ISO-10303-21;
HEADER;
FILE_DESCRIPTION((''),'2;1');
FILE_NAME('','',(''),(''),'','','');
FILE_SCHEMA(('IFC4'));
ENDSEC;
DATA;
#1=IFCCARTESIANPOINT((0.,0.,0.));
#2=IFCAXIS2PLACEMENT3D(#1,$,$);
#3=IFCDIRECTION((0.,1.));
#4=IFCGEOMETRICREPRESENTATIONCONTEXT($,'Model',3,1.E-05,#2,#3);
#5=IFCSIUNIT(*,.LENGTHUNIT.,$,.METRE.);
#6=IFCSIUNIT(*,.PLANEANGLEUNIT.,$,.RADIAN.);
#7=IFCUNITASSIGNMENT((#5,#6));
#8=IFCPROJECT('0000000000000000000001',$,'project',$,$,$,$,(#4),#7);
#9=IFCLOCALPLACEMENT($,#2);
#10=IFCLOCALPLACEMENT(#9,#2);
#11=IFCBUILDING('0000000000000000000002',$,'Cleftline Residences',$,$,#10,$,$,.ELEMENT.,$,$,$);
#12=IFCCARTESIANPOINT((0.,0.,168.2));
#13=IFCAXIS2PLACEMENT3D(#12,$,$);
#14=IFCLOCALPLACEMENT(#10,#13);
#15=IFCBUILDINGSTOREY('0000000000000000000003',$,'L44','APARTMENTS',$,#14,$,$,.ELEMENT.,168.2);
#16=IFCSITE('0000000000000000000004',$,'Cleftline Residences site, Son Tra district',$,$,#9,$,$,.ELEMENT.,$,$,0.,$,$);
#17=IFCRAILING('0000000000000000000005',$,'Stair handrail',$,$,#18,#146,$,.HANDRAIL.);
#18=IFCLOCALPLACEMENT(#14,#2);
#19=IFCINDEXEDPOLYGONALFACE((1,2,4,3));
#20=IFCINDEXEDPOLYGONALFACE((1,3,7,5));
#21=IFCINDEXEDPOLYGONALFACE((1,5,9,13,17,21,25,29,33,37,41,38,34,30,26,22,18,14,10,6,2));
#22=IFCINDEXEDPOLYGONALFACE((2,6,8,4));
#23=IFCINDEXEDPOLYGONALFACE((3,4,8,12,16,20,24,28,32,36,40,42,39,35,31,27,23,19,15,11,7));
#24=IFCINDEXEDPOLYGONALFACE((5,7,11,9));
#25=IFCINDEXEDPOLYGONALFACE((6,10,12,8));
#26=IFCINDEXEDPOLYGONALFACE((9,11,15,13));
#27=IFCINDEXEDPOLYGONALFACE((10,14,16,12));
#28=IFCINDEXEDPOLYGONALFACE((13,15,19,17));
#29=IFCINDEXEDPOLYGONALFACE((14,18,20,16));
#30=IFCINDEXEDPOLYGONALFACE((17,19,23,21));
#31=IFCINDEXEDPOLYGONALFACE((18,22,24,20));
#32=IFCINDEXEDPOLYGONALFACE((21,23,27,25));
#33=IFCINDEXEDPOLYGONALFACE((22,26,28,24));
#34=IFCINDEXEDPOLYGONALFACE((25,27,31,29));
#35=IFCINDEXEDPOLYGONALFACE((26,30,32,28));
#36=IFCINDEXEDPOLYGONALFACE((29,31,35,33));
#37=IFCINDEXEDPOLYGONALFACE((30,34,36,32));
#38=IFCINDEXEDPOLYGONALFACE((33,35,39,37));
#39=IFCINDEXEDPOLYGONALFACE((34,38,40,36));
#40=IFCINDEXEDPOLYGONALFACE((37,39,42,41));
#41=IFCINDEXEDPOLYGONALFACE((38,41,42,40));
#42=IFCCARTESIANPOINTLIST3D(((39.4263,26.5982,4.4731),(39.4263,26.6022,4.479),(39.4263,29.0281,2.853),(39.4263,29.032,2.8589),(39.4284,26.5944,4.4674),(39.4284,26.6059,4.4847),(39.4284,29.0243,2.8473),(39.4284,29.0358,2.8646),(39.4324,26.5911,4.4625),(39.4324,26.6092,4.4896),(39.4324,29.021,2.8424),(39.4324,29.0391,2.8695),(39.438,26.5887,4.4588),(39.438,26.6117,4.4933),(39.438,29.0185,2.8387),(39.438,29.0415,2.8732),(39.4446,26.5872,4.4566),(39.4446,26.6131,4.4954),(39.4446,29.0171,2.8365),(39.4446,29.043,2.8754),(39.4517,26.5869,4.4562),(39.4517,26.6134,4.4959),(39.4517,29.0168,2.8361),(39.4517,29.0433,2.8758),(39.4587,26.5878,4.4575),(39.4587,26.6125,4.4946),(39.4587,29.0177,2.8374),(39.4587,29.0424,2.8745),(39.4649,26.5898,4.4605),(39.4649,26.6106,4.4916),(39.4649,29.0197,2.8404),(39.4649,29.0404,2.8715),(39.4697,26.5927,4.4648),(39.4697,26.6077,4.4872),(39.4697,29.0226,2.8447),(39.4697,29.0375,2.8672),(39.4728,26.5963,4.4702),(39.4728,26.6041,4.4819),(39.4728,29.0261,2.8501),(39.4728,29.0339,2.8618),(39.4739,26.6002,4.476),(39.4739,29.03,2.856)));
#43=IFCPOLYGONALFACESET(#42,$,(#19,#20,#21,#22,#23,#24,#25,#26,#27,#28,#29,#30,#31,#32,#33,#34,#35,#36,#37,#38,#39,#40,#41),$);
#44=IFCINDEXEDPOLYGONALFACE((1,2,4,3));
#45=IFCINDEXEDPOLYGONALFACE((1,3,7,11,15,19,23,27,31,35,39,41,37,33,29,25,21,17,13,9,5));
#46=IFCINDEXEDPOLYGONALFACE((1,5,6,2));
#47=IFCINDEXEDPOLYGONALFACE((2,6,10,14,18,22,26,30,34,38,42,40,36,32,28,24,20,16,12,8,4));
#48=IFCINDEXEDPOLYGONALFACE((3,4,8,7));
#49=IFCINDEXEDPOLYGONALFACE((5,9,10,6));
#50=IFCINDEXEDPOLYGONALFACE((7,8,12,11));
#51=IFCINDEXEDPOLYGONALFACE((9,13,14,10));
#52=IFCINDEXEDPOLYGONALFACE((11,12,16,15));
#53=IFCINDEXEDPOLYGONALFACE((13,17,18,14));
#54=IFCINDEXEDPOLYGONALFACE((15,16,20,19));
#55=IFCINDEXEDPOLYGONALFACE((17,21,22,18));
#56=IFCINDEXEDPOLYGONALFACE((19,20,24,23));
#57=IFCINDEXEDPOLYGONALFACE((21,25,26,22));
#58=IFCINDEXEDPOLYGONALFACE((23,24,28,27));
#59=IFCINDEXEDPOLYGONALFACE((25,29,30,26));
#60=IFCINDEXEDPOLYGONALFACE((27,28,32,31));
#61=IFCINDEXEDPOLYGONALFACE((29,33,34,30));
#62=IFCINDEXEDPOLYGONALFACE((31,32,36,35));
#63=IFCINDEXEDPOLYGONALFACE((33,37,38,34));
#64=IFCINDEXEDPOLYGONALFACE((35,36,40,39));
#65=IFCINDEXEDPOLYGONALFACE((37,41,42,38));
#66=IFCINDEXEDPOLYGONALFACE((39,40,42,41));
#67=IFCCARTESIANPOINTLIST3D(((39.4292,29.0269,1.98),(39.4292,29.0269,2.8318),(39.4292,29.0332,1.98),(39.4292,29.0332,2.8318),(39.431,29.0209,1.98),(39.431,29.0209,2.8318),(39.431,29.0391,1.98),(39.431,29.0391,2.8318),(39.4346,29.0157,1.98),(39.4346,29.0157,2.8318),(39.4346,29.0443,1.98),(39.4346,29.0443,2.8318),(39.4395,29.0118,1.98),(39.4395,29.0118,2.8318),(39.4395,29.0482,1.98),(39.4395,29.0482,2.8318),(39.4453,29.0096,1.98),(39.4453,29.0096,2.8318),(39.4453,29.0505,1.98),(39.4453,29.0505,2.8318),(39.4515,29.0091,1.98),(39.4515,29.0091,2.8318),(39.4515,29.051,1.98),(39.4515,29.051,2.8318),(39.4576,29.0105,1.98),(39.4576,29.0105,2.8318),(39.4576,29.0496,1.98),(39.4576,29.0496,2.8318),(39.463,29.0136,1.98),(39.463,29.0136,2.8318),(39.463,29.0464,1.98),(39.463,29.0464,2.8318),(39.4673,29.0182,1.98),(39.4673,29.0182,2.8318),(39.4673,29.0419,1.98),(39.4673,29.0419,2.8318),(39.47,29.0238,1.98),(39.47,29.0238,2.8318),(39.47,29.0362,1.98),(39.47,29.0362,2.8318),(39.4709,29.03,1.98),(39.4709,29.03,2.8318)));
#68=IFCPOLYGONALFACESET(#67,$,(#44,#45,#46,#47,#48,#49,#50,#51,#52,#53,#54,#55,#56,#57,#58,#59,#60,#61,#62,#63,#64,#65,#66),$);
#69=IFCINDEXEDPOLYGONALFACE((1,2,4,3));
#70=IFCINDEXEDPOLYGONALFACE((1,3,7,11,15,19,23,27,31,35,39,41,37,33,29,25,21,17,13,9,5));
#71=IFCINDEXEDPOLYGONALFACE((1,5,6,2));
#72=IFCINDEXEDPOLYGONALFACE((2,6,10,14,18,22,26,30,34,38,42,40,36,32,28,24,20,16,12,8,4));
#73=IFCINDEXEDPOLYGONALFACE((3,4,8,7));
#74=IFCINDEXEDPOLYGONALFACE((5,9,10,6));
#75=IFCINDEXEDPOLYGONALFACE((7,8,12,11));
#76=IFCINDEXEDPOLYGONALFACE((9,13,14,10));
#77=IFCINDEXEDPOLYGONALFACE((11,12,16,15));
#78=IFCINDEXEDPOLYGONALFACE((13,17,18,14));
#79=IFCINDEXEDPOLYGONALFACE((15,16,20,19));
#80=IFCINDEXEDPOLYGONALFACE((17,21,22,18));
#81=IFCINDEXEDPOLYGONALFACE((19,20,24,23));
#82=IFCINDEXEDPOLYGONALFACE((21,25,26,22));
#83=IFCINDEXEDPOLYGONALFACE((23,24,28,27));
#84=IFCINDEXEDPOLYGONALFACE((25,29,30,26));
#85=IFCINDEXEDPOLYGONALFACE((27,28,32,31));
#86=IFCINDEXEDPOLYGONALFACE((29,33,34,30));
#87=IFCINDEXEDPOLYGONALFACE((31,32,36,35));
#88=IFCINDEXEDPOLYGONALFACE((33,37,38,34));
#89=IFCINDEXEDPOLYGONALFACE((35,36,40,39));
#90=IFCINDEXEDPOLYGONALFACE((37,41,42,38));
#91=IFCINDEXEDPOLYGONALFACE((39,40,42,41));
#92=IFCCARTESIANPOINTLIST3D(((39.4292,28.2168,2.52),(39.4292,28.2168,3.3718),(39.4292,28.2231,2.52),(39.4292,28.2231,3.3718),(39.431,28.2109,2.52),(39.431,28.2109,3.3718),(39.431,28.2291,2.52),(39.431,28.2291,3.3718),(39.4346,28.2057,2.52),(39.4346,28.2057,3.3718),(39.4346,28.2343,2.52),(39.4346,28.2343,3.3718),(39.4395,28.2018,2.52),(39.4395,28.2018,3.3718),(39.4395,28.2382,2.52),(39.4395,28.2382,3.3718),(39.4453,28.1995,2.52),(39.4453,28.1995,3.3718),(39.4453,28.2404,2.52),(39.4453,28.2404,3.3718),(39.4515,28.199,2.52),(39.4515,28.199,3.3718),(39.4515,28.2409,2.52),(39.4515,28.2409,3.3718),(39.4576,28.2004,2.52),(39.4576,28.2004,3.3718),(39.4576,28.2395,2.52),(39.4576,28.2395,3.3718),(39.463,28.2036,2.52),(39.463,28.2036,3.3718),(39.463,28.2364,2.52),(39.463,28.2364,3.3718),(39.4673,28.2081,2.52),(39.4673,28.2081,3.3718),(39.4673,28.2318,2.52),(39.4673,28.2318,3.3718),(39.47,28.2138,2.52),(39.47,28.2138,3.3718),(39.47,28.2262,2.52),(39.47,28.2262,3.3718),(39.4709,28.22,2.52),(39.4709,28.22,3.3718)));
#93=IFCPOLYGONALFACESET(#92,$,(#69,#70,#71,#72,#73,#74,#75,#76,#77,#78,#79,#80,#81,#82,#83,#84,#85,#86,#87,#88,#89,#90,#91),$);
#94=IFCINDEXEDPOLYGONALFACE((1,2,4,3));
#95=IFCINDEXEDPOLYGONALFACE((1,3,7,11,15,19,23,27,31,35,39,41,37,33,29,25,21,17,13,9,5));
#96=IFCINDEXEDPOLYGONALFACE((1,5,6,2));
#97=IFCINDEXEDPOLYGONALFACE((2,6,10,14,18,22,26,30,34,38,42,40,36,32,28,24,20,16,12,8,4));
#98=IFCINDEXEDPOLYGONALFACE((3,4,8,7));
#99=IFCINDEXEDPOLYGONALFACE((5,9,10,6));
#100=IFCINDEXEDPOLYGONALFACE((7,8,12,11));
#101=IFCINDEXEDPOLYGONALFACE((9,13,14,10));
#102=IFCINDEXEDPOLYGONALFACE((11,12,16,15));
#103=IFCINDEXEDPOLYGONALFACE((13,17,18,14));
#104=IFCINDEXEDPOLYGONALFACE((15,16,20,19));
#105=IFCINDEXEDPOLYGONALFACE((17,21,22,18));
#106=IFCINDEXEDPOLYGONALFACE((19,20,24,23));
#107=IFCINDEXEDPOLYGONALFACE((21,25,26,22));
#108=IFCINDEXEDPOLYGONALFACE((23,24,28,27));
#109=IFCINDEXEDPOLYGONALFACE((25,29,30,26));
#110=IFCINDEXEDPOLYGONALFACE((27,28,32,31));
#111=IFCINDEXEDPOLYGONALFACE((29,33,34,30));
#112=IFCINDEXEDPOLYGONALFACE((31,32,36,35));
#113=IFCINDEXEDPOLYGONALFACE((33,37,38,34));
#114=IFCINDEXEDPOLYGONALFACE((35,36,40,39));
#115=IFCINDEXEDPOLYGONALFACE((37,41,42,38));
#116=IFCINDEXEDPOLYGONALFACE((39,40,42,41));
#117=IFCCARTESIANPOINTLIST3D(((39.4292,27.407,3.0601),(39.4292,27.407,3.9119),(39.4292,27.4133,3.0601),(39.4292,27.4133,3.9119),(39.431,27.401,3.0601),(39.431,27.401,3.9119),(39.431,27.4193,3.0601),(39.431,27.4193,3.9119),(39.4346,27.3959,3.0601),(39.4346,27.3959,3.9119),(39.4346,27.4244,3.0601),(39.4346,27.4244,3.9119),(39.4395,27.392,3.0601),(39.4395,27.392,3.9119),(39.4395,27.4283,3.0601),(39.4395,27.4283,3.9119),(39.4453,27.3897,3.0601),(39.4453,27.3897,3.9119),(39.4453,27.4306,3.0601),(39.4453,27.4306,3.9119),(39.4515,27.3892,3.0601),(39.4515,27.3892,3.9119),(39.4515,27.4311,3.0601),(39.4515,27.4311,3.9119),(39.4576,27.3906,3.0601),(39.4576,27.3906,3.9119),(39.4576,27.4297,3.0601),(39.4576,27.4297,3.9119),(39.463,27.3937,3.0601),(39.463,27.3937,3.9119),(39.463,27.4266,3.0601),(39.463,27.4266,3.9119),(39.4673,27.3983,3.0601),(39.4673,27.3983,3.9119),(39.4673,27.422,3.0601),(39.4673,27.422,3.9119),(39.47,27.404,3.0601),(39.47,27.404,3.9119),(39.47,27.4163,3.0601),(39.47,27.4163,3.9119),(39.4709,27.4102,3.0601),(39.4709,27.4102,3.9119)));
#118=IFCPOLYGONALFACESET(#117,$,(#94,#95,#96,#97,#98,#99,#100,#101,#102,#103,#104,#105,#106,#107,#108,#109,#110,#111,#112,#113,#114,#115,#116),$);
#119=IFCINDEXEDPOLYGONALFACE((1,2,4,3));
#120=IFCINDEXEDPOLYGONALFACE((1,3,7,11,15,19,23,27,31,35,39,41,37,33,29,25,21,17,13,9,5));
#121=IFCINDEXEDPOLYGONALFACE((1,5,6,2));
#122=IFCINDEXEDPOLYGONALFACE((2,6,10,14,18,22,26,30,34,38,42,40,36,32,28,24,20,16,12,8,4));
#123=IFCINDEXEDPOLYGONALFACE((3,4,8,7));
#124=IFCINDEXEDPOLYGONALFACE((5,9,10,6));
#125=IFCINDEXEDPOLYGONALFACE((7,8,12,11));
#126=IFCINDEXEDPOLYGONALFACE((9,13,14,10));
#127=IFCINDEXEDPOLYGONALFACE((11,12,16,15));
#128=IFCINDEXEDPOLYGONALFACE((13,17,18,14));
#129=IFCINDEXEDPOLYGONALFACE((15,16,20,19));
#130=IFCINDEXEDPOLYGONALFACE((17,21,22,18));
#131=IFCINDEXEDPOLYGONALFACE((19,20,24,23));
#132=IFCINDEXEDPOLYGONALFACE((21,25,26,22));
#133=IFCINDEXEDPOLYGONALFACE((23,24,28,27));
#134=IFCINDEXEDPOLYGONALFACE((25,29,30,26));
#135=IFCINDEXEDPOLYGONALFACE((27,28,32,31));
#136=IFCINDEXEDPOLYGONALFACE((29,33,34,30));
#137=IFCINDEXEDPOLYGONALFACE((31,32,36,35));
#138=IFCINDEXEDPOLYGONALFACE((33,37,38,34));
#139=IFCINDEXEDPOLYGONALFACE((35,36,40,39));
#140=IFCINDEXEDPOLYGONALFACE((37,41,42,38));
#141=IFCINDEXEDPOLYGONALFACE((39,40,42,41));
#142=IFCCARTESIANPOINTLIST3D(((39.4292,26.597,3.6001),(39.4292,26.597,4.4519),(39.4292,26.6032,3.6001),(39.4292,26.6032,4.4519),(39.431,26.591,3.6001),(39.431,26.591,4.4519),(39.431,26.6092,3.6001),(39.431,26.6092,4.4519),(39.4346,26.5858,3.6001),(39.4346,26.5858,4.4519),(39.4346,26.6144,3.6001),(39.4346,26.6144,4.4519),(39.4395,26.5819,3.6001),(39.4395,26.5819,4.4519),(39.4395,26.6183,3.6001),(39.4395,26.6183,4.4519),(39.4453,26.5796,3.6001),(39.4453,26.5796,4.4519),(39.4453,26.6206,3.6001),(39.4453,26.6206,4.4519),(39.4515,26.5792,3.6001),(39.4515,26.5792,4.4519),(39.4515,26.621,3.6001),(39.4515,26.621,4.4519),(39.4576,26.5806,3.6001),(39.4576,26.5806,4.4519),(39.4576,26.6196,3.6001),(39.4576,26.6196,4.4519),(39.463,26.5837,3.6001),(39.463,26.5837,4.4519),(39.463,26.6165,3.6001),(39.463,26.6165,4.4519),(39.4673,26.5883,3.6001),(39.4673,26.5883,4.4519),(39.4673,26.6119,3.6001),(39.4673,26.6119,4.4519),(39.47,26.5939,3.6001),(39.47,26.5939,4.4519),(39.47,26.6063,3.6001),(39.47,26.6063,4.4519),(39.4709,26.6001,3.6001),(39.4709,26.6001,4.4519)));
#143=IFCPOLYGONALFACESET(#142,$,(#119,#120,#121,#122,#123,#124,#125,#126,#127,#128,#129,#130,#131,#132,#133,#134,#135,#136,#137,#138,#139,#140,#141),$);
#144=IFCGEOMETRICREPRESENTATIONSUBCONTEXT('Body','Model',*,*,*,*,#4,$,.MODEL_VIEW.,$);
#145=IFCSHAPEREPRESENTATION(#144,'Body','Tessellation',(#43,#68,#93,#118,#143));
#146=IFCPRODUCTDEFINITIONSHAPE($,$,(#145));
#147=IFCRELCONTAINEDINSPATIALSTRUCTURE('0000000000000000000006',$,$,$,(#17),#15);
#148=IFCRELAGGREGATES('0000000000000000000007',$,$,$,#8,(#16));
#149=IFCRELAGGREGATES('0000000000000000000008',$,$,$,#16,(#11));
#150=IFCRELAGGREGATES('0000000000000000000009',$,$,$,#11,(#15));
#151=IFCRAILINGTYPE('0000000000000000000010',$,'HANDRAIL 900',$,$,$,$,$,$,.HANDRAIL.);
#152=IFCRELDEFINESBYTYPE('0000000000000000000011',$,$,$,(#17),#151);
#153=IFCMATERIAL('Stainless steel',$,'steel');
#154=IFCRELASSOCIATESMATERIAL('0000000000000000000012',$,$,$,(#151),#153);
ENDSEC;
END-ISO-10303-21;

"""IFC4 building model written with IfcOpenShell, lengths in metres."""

from ifc_helpers import new_model, si_unit, direction, frame, origin, origin_2d, place, context, subcontext, project, spatial, circle, extrude, material, type_object, element, save


model = new_model("IFC4")

# Units and contexts
model_context = context("Model", 3, precision=1e-05, world=origin(), true_north=direction((0.0, 1.0)))
body_context = subcontext(model_context, "Body", "Model", "MODEL_VIEW")
ifc_project = project(units=[si_unit("LENGTHUNIT", "METRE"), si_unit("PLANEANGLEUNIT", "RADIAN")], contexts=[model_context])

# Site, building, storey
site_placement = place(None, origin())
site = spatial("IfcSite", under=ifc_project, at=site_placement, Name="Cleftline Residences site, Son Tra district", CompositionType="ELEMENT", RefElevation=0.0)
building_placement = place(site_placement, origin())
building = spatial("IfcBuilding", under=site, at=building_placement, Name="Cleftline Residences", CompositionType="ELEMENT")
storey_placement = place(building_placement, frame((0.0, 0.0, 168.2)))
storey = spatial("IfcBuildingStorey", under=building, at=storey_placement, Name="L44", Description="APARTMENTS", CompositionType="ELEMENT", Elevation=168.2)

# Railing
ifc_material_1 = material(Name="Stainless steel", Category="steel")
railing_type = type_object("IfcRailingType", Name="HANDRAIL 900", PredefinedType="HANDRAIL", material=ifc_material_1)
railing_1_placement = place(storey_placement, frame((39.45, 29.03, 1.98)))
element("IfcRailing", 1, at=railing_1_placement, inside=storey, type_object=railing_type, Name="Stair handrail", PredefinedType="HANDRAIL", context=body_context, shape_type="SweptSolid", body=[
    extrude(circle(Radius=0.0239, at=origin_2d()), frame((0.0, 0.0, 0.876), z_axis=(0.0, -0.832025, 0.554739), x_axis=(1.0, 0.0, 0.0)), (0.0, 0.0, 1.0), 2.9204),
    extrude(circle(Radius=0.021, at=origin_2d()), origin(), (0.0, 0.0, 1.0), 0.8518),
    extrude(circle(Radius=0.021, at=origin_2d()), frame((0.0, -0.8101, 0.54)), (0.0, 0.0, 1.0), 0.8518),
    extrude(circle(Radius=0.021, at=origin_2d()), frame((0.0, -1.6199, 1.0801)), (0.0, 0.0, 1.0), 0.8518),
    extrude(circle(Radius=0.021, at=origin_2d()), frame((0.0, -2.4299, 1.6201)), (0.0, 0.0, 1.0), 0.8518),
])

save(model, "model.ifc")
